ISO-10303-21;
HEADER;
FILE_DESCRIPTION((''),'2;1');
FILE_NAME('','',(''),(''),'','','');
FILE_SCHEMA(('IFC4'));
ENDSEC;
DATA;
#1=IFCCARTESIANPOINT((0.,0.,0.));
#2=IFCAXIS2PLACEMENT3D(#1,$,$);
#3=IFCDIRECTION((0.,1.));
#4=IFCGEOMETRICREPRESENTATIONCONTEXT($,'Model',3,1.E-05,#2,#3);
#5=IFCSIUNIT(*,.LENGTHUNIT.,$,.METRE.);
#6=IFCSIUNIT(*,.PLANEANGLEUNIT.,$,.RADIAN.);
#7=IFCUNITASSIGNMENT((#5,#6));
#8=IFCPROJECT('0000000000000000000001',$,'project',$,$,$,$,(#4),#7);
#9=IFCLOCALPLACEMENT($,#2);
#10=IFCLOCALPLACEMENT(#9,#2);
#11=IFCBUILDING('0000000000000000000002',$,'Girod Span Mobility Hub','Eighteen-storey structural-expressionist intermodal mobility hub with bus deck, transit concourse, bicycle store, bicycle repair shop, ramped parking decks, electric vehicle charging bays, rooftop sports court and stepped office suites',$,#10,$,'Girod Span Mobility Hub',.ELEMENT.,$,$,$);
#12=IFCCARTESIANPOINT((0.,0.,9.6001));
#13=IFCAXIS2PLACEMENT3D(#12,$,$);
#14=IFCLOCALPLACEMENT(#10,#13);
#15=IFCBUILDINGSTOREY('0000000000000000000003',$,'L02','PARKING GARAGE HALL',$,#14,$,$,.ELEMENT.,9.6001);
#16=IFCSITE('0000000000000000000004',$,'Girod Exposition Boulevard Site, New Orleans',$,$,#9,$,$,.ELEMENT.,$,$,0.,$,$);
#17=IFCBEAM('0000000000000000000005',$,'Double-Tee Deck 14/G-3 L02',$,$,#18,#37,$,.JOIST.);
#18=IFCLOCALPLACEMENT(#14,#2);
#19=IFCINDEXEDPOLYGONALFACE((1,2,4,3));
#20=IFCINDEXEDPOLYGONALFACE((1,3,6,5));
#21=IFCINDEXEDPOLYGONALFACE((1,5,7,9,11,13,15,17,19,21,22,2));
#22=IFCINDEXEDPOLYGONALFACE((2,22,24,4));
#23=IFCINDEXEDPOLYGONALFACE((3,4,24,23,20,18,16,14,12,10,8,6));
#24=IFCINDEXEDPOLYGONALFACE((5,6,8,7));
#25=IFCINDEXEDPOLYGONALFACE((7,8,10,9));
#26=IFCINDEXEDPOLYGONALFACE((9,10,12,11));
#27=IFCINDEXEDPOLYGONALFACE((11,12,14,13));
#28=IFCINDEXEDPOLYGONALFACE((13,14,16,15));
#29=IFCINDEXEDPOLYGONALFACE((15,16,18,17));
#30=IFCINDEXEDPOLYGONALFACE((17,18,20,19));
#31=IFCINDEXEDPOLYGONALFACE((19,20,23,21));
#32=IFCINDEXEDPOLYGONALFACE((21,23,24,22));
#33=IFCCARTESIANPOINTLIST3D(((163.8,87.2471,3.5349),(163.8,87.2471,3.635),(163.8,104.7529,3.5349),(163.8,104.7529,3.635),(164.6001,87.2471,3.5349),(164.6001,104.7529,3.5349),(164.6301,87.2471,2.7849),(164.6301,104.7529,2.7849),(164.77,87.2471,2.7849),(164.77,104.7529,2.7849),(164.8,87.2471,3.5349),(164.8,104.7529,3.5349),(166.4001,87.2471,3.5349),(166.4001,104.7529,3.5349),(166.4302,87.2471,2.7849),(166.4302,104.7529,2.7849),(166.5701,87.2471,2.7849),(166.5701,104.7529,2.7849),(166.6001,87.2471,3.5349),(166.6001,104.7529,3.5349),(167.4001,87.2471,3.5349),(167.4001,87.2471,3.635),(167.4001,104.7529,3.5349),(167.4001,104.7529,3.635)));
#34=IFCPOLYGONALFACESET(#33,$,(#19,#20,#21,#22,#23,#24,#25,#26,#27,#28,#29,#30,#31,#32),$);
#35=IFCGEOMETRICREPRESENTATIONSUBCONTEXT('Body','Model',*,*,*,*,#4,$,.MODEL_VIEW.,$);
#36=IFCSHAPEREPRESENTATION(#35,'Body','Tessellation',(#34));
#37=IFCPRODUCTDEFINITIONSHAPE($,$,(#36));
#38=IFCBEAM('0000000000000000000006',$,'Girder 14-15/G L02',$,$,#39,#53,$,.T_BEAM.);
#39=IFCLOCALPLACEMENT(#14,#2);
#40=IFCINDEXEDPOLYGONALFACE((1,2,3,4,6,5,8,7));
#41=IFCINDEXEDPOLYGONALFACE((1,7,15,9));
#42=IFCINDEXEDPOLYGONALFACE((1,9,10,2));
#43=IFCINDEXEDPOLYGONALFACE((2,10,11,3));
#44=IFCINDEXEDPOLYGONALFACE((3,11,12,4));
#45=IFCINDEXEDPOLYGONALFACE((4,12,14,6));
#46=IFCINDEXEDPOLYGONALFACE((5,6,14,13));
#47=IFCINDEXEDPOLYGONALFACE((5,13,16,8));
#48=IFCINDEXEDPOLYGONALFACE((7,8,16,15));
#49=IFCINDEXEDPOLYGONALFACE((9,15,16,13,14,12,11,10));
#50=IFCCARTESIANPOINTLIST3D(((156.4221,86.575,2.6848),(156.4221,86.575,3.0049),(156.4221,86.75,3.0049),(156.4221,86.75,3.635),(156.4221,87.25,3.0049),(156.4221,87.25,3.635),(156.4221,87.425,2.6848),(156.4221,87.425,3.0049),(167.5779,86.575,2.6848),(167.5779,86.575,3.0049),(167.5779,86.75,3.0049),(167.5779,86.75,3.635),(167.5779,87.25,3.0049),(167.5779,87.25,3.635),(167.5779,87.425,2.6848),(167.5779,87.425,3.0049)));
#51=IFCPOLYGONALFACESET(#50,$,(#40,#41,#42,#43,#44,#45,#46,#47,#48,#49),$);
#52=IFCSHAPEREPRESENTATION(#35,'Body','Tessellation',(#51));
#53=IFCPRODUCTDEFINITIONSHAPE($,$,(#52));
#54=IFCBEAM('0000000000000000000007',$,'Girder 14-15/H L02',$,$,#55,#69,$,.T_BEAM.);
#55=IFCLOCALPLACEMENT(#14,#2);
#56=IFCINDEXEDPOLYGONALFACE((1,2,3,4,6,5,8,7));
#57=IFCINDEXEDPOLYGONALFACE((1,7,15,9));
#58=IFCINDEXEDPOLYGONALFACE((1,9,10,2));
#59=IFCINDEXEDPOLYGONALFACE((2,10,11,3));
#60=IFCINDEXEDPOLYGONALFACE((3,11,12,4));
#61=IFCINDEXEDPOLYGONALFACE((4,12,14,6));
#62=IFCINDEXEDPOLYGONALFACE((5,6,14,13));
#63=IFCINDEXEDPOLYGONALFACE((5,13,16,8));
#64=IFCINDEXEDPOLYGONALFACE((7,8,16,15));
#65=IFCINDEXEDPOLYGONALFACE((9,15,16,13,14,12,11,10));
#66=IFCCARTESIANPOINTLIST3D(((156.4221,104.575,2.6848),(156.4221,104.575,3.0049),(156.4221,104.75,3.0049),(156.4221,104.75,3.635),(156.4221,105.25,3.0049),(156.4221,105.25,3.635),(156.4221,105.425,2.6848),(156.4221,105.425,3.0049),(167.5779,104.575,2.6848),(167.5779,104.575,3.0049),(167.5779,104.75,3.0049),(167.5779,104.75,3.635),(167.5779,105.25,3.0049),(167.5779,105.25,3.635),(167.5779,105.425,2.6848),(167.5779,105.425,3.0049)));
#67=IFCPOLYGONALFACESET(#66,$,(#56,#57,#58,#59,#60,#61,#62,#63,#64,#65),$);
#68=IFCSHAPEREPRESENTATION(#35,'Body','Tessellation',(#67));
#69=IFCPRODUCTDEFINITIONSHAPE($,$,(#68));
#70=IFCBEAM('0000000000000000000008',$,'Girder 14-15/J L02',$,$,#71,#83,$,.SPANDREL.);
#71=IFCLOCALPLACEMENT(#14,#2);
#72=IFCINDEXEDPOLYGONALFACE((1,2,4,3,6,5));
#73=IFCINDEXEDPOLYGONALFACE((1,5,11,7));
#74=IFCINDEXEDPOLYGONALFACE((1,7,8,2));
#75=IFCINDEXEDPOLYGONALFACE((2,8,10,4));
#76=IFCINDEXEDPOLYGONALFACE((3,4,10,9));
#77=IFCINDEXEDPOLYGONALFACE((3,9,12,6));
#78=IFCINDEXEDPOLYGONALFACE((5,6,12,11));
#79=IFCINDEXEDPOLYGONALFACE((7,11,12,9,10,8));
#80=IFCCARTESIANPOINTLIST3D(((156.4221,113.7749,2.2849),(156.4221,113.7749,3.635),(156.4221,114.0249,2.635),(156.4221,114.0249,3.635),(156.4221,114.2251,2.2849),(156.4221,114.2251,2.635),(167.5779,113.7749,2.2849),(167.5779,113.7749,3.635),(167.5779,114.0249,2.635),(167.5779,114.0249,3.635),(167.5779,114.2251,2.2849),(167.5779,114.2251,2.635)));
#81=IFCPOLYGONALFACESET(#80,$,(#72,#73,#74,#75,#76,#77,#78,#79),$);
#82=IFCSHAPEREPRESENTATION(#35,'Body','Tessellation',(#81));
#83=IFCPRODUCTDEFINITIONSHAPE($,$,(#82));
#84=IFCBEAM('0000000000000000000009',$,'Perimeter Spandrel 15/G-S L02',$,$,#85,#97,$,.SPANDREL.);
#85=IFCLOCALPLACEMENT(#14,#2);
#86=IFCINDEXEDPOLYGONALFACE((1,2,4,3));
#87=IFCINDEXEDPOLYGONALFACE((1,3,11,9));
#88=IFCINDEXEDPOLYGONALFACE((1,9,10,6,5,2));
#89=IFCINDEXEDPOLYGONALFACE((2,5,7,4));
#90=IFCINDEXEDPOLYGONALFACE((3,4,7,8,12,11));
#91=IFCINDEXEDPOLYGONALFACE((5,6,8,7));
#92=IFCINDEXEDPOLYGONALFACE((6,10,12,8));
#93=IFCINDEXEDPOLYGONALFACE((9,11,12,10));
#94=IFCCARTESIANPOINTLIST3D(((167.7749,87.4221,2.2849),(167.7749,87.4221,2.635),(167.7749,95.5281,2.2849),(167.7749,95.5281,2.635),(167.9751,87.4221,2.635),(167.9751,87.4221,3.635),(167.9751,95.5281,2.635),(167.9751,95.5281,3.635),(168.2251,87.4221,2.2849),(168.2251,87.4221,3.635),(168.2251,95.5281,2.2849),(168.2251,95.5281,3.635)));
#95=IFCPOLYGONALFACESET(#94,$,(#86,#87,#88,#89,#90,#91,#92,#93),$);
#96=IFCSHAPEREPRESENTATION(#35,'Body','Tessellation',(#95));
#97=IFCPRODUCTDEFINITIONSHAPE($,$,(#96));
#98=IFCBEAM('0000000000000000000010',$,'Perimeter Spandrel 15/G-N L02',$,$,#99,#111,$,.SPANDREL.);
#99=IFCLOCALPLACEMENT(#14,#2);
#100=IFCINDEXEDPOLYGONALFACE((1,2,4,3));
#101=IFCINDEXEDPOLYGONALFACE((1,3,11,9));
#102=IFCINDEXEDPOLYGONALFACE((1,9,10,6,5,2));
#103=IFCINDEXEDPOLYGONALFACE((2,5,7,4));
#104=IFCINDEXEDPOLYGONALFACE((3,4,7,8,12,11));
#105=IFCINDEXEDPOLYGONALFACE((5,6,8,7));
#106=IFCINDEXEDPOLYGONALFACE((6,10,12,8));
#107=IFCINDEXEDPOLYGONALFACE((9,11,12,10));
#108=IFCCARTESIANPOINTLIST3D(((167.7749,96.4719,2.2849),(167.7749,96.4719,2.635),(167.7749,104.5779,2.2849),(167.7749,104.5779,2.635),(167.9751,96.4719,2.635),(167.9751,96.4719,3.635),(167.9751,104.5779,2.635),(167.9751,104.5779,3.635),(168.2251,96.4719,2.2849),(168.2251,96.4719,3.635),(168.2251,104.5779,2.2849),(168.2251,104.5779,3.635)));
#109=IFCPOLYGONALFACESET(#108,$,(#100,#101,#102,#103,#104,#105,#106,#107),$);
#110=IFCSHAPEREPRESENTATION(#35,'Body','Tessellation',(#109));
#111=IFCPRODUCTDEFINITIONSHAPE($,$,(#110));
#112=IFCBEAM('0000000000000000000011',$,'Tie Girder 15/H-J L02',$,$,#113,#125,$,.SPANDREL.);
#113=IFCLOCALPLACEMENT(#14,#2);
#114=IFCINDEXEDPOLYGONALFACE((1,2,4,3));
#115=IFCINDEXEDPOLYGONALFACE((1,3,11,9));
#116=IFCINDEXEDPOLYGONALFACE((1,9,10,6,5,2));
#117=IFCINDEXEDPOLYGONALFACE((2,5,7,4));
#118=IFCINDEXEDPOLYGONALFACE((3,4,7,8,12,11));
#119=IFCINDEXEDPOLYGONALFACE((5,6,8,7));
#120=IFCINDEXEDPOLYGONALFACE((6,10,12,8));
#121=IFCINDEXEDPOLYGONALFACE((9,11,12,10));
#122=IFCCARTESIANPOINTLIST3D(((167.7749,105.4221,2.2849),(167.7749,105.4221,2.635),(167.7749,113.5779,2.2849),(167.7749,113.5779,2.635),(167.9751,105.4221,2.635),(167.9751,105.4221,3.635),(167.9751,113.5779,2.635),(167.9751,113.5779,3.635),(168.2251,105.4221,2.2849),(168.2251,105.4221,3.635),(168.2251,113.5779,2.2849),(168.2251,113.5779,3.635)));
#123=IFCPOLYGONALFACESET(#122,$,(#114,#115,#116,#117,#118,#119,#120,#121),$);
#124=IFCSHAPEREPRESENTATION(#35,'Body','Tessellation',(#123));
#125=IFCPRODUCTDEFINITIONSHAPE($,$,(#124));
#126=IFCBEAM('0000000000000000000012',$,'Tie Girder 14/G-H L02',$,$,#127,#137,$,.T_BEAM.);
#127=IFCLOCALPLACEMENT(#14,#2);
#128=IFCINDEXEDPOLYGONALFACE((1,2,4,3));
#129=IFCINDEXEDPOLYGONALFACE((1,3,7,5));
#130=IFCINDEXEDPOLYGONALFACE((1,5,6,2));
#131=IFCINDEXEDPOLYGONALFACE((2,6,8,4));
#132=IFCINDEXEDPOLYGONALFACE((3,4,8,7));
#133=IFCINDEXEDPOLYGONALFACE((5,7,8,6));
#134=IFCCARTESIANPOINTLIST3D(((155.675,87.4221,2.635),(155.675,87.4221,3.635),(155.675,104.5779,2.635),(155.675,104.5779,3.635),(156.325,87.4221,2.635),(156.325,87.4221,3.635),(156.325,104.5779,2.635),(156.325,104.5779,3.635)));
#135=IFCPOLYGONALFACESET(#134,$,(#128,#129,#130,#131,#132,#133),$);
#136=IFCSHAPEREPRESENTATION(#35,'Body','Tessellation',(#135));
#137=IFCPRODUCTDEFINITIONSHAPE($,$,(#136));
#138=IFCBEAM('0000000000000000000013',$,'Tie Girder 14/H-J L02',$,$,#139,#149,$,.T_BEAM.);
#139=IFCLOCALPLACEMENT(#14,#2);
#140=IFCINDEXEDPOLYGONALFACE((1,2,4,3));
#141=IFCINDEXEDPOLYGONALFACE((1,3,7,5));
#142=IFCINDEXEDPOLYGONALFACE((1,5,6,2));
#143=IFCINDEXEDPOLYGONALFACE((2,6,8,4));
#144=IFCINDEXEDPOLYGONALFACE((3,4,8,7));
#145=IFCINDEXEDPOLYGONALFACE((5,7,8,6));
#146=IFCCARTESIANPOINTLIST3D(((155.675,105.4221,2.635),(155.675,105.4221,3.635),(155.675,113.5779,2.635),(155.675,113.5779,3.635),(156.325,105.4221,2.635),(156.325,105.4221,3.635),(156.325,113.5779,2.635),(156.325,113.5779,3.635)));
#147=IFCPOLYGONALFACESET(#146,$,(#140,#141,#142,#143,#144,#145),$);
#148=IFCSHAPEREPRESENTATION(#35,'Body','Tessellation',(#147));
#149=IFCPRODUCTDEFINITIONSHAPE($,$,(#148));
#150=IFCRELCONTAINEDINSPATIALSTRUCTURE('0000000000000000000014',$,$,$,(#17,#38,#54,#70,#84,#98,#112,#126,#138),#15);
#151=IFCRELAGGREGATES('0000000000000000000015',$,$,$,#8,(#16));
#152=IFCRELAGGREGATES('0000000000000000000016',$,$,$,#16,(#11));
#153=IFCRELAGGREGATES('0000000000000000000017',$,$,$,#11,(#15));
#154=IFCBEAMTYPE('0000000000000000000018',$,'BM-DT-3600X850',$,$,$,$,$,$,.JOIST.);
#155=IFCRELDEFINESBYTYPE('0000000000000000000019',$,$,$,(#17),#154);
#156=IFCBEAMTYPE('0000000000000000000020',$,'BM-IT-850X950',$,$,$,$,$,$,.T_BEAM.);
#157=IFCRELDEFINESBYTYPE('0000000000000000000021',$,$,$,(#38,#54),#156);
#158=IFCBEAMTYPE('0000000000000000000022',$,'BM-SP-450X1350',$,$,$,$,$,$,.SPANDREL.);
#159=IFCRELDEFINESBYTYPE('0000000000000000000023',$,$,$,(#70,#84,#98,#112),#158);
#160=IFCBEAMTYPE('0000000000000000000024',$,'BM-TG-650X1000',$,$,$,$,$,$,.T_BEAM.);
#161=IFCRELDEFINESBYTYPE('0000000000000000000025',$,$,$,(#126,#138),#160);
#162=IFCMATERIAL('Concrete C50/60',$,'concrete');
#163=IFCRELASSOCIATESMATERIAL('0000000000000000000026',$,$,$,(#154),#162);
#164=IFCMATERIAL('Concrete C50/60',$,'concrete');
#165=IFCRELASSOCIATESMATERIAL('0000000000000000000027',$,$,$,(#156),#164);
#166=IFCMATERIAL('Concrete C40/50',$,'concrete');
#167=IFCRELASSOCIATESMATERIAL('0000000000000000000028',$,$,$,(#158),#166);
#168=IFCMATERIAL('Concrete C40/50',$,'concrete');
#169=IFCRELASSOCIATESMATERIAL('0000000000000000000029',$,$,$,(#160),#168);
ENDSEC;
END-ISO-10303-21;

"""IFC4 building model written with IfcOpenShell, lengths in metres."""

from ifc_helpers import new_model, si_unit, direction, frame, origin, origin_2d, place, context, subcontext, project, spatial, polyline, rectangle, outline, extrude, material, material_profile, profile_set, type_object, element, save


model = new_model("IFC4")

# Units and contexts
model_context = context("Model", 3, precision=1e-05, world=origin(), true_north=direction((0.0, 1.0)))
body_context = subcontext(model_context, "Body", "Model", "MODEL_VIEW")
ifc_project = project(units=[si_unit("LENGTHUNIT", "METRE"), si_unit("PLANEANGLEUNIT", "RADIAN")], contexts=[model_context])

# Site, building, storey
site_placement = place(None, origin())
site = spatial("IfcSite", under=ifc_project, at=site_placement, Name="Girod Exposition Boulevard Site, New Orleans", CompositionType="ELEMENT", RefElevation=0.0)
building_placement = place(site_placement, origin())
building = spatial("IfcBuilding", under=site, at=building_placement, Name="Girod Span Mobility Hub", Description="Eighteen-storey structural-expressionist intermodal mobility hub with bus deck, transit concourse, bicycle store, bicycle repair shop, ramped parking decks, electric vehicle charging bays, rooftop sports court and stepped office suites", LongName="Girod Span Mobility Hub", CompositionType="ELEMENT")
storey_placement = place(building_placement, frame((0.0, 0.0, 9.6001)))
storey = spatial("IfcBuildingStorey", under=building, at=storey_placement, Name="L02", Description="PARKING GARAGE HALL", CompositionType="ELEMENT", Elevation=9.6001)

# Beams
ifc_material_1 = material(Name="Concrete C50/60", Category="concrete")
ifc_material_profile_1 = material_profile(ifc_material_1, outline(polyline([(-1.8, 0.425), (-1.8, 0.325), (-1.0, 0.325), (-0.97, -0.425), (-0.8301, -0.425), (-0.8, 0.325), (0.8, 0.325), (0.8301, -0.425), (0.97, -0.425), (1.0, 0.325), (1.8, 0.325), (1.8, 0.425), (-1.8, 0.425)])), Name="DT-3600X850")
ifc_profile_set_1 = profile_set([ifc_material_profile_1], Name="Concrete C50/60")
beam_type_1 = type_object("IfcBeamType", Name="BM-DT-3600X850", PredefinedType="JOIST", material=ifc_profile_set_1)
for number, where, z_axis, x_axis, name in (
    (1, (165.6001, 87.2471, 3.21), (0.0, 1.0, 0.0), (-1.0, 0.0, 0.0), "Double-Tee Deck 14/G-3 L02"),
):
    element("IfcBeam", number, at=place(storey_placement, frame(where, z_axis=z_axis, x_axis=x_axis)), inside=storey, type_object=beam_type_1, Name=name, PredefinedType="JOIST", context=body_context, shape_type="SweptSolid", body=[
        extrude(outline(polyline([(-1.8, 0.425), (-1.8, 0.325), (-1.0, 0.325), (-0.97, -0.425), (-0.8301, -0.425), (-0.8, 0.325), (0.8, 0.325), (0.8301, -0.425), (0.97, -0.425), (1.0, 0.325), (1.8, 0.325), (1.8, 0.425), (-1.8, 0.425)])), origin(), (0.0, 0.0, 1.0), 17.5059),
    ])
ifc_material_2 = material(Name="Concrete C50/60", Category="concrete")
ifc_material_profile_2 = material_profile(ifc_material_2, outline(polyline([(-0.425, -0.4751), (0.425, -0.4751), (0.425, -0.155), (0.25, -0.155), (0.25, 0.4751), (-0.25, 0.4751), (-0.25, -0.155), (-0.425, -0.155), (-0.425, -0.4751)])), Name="IT-850X950")
ifc_profile_set_2 = profile_set([ifc_material_profile_2], Name="Concrete C50/60")
beam_type_2 = type_object("IfcBeamType", Name="BM-IT-850X950", PredefinedType="T_BEAM", material=ifc_profile_set_2)
for number, where, z_axis, x_axis, name in (
    (2, (156.4221, 87.0, 3.1599), (1.0, 0.0, 0.0), (0.0, 1.0, 0.0), "Girder 14-15/G L02"),
    (3, (156.4221, 105.0, 3.1599), (1.0, 0.0, 0.0), (0.0, 1.0, 0.0), "Girder 14-15/H L02"),
):
    element("IfcBeam", number, at=place(storey_placement, frame(where, z_axis=z_axis, x_axis=x_axis)), inside=storey, type_object=beam_type_2, Name=name, PredefinedType="T_BEAM", context=body_context, shape_type="SweptSolid", body=[
        extrude(outline(polyline([(-0.425, -0.4751), (0.425, -0.4751), (0.425, -0.155), (0.25, -0.155), (0.25, 0.4751), (-0.25, 0.4751), (-0.25, -0.155), (-0.425, -0.155), (-0.425, -0.4751)])), origin(), (0.0, 0.0, 1.0), 11.1558),
    ])
ifc_material_3 = material(Name="Concrete C40/50", Category="concrete")
ifc_material_profile_3 = material_profile(ifc_material_3, outline(polyline([(-0.2251, -0.675), (0.2251, -0.675), (0.2251, -0.325), (0.0249, -0.325), (0.0249, 0.675), (-0.2251, 0.675), (-0.2251, -0.675)])), Name="SP-450X1350")
ifc_profile_set_3 = profile_set([ifc_material_profile_3], Name="Concrete C40/50")
beam_type_3 = type_object("IfcBeamType", Name="BM-SP-450X1350", PredefinedType="SPANDREL", material=ifc_profile_set_3)
beam_1_placement = place(storey_placement, frame((156.4221, 114.0, 2.96), z_axis=(1.0, 0.0, 0.0), x_axis=(0.0, 1.0, 0.0)))
element("IfcBeam", 4, at=beam_1_placement, inside=storey, type_object=beam_type_3, Name="Girder 14-15/J L02", PredefinedType="SPANDREL", context=body_context, shape_type="SweptSolid", body=[
    extrude(outline(polyline([(-0.2251, -0.675), (0.2251, -0.675), (0.2251, -0.325), (0.0249, -0.325), (0.0249, 0.675), (-0.2251, 0.675), (-0.2251, -0.675)])), origin(), (0.0, 0.0, 1.0), 11.1558),
])
for number, where, z_axis, x_axis, name in (
    (5, (168.0, 87.4221, 2.96), (0.0, 1.0, 0.0), (-1.0, 0.0, 0.0), "Perimeter Spandrel 15/G-S L02"),
    (6, (168.0, 96.4719, 2.96), (0.0, 1.0, 0.0), (-1.0, 0.0, 0.0), "Perimeter Spandrel 15/G-N L02"),
):
    element("IfcBeam", number, at=place(storey_placement, frame(where, z_axis=z_axis, x_axis=x_axis)), inside=storey, type_object=beam_type_3, Name=name, PredefinedType="SPANDREL", context=body_context, shape_type="SweptSolid", body=[
        extrude(outline(polyline([(-0.2251, -0.675), (0.2251, -0.675), (0.2251, -0.325), (0.0249, -0.325), (0.0249, 0.675), (-0.2251, 0.675), (-0.2251, -0.675)])), origin(), (0.0, 0.0, 1.0), 8.106),
    ])
beam_2_placement = place(storey_placement, frame((168.0, 105.4221, 2.96), z_axis=(0.0, 1.0, 0.0), x_axis=(-1.0, 0.0, 0.0)))
element("IfcBeam", 7, at=beam_2_placement, inside=storey, type_object=beam_type_3, Name="Tie Girder 15/H-J L02", PredefinedType="SPANDREL", context=body_context, shape_type="SweptSolid", body=[
    extrude(outline(polyline([(-0.2251, -0.675), (0.2251, -0.675), (0.2251, -0.325), (0.0249, -0.325), (0.0249, 0.675), (-0.2251, 0.675), (-0.2251, -0.675)])), origin(), (0.0, 0.0, 1.0), 8.1558),
])
ifc_material_4 = material(Name="Concrete C40/50", Category="concrete")
ifc_material_profile_4 = material_profile(ifc_material_4, rectangle(XDim=0.6499, YDim=1.0, at=origin_2d()), Name="TG-650X1000")
ifc_profile_set_4 = profile_set([ifc_material_profile_4], Name="Concrete C40/50")
beam_type_4 = type_object("IfcBeamType", Name="BM-TG-650X1000", PredefinedType="T_BEAM", material=ifc_profile_set_4)
beam_3_placement = place(storey_placement, frame((156.0, 87.4221, 3.135), z_axis=(0.0, 1.0, 0.0), x_axis=(-1.0, 0.0, 0.0)))
element("IfcBeam", 8, at=beam_3_placement, inside=storey, type_object=beam_type_4, Name="Tie Girder 14/G-H L02", PredefinedType="T_BEAM", context=body_context, shape_type="SweptSolid", body=[
    extrude(rectangle(XDim=0.6499, YDim=1.0, at=origin_2d()), origin(), (0.0, 0.0, 1.0), 17.1558),
])
beam_4_placement = place(storey_placement, frame((156.0, 105.4221, 3.135), z_axis=(0.0, 1.0, 0.0), x_axis=(-1.0, 0.0, 0.0)))
element("IfcBeam", 9, at=beam_4_placement, inside=storey, type_object=beam_type_4, Name="Tie Girder 14/H-J L02", PredefinedType="T_BEAM", context=body_context, shape_type="SweptSolid", body=[
    extrude(rectangle(XDim=0.6499, YDim=1.0, at=origin_2d()), origin(), (0.0, 0.0, 1.0), 8.1558),
])

save(model, "model.ifc")
